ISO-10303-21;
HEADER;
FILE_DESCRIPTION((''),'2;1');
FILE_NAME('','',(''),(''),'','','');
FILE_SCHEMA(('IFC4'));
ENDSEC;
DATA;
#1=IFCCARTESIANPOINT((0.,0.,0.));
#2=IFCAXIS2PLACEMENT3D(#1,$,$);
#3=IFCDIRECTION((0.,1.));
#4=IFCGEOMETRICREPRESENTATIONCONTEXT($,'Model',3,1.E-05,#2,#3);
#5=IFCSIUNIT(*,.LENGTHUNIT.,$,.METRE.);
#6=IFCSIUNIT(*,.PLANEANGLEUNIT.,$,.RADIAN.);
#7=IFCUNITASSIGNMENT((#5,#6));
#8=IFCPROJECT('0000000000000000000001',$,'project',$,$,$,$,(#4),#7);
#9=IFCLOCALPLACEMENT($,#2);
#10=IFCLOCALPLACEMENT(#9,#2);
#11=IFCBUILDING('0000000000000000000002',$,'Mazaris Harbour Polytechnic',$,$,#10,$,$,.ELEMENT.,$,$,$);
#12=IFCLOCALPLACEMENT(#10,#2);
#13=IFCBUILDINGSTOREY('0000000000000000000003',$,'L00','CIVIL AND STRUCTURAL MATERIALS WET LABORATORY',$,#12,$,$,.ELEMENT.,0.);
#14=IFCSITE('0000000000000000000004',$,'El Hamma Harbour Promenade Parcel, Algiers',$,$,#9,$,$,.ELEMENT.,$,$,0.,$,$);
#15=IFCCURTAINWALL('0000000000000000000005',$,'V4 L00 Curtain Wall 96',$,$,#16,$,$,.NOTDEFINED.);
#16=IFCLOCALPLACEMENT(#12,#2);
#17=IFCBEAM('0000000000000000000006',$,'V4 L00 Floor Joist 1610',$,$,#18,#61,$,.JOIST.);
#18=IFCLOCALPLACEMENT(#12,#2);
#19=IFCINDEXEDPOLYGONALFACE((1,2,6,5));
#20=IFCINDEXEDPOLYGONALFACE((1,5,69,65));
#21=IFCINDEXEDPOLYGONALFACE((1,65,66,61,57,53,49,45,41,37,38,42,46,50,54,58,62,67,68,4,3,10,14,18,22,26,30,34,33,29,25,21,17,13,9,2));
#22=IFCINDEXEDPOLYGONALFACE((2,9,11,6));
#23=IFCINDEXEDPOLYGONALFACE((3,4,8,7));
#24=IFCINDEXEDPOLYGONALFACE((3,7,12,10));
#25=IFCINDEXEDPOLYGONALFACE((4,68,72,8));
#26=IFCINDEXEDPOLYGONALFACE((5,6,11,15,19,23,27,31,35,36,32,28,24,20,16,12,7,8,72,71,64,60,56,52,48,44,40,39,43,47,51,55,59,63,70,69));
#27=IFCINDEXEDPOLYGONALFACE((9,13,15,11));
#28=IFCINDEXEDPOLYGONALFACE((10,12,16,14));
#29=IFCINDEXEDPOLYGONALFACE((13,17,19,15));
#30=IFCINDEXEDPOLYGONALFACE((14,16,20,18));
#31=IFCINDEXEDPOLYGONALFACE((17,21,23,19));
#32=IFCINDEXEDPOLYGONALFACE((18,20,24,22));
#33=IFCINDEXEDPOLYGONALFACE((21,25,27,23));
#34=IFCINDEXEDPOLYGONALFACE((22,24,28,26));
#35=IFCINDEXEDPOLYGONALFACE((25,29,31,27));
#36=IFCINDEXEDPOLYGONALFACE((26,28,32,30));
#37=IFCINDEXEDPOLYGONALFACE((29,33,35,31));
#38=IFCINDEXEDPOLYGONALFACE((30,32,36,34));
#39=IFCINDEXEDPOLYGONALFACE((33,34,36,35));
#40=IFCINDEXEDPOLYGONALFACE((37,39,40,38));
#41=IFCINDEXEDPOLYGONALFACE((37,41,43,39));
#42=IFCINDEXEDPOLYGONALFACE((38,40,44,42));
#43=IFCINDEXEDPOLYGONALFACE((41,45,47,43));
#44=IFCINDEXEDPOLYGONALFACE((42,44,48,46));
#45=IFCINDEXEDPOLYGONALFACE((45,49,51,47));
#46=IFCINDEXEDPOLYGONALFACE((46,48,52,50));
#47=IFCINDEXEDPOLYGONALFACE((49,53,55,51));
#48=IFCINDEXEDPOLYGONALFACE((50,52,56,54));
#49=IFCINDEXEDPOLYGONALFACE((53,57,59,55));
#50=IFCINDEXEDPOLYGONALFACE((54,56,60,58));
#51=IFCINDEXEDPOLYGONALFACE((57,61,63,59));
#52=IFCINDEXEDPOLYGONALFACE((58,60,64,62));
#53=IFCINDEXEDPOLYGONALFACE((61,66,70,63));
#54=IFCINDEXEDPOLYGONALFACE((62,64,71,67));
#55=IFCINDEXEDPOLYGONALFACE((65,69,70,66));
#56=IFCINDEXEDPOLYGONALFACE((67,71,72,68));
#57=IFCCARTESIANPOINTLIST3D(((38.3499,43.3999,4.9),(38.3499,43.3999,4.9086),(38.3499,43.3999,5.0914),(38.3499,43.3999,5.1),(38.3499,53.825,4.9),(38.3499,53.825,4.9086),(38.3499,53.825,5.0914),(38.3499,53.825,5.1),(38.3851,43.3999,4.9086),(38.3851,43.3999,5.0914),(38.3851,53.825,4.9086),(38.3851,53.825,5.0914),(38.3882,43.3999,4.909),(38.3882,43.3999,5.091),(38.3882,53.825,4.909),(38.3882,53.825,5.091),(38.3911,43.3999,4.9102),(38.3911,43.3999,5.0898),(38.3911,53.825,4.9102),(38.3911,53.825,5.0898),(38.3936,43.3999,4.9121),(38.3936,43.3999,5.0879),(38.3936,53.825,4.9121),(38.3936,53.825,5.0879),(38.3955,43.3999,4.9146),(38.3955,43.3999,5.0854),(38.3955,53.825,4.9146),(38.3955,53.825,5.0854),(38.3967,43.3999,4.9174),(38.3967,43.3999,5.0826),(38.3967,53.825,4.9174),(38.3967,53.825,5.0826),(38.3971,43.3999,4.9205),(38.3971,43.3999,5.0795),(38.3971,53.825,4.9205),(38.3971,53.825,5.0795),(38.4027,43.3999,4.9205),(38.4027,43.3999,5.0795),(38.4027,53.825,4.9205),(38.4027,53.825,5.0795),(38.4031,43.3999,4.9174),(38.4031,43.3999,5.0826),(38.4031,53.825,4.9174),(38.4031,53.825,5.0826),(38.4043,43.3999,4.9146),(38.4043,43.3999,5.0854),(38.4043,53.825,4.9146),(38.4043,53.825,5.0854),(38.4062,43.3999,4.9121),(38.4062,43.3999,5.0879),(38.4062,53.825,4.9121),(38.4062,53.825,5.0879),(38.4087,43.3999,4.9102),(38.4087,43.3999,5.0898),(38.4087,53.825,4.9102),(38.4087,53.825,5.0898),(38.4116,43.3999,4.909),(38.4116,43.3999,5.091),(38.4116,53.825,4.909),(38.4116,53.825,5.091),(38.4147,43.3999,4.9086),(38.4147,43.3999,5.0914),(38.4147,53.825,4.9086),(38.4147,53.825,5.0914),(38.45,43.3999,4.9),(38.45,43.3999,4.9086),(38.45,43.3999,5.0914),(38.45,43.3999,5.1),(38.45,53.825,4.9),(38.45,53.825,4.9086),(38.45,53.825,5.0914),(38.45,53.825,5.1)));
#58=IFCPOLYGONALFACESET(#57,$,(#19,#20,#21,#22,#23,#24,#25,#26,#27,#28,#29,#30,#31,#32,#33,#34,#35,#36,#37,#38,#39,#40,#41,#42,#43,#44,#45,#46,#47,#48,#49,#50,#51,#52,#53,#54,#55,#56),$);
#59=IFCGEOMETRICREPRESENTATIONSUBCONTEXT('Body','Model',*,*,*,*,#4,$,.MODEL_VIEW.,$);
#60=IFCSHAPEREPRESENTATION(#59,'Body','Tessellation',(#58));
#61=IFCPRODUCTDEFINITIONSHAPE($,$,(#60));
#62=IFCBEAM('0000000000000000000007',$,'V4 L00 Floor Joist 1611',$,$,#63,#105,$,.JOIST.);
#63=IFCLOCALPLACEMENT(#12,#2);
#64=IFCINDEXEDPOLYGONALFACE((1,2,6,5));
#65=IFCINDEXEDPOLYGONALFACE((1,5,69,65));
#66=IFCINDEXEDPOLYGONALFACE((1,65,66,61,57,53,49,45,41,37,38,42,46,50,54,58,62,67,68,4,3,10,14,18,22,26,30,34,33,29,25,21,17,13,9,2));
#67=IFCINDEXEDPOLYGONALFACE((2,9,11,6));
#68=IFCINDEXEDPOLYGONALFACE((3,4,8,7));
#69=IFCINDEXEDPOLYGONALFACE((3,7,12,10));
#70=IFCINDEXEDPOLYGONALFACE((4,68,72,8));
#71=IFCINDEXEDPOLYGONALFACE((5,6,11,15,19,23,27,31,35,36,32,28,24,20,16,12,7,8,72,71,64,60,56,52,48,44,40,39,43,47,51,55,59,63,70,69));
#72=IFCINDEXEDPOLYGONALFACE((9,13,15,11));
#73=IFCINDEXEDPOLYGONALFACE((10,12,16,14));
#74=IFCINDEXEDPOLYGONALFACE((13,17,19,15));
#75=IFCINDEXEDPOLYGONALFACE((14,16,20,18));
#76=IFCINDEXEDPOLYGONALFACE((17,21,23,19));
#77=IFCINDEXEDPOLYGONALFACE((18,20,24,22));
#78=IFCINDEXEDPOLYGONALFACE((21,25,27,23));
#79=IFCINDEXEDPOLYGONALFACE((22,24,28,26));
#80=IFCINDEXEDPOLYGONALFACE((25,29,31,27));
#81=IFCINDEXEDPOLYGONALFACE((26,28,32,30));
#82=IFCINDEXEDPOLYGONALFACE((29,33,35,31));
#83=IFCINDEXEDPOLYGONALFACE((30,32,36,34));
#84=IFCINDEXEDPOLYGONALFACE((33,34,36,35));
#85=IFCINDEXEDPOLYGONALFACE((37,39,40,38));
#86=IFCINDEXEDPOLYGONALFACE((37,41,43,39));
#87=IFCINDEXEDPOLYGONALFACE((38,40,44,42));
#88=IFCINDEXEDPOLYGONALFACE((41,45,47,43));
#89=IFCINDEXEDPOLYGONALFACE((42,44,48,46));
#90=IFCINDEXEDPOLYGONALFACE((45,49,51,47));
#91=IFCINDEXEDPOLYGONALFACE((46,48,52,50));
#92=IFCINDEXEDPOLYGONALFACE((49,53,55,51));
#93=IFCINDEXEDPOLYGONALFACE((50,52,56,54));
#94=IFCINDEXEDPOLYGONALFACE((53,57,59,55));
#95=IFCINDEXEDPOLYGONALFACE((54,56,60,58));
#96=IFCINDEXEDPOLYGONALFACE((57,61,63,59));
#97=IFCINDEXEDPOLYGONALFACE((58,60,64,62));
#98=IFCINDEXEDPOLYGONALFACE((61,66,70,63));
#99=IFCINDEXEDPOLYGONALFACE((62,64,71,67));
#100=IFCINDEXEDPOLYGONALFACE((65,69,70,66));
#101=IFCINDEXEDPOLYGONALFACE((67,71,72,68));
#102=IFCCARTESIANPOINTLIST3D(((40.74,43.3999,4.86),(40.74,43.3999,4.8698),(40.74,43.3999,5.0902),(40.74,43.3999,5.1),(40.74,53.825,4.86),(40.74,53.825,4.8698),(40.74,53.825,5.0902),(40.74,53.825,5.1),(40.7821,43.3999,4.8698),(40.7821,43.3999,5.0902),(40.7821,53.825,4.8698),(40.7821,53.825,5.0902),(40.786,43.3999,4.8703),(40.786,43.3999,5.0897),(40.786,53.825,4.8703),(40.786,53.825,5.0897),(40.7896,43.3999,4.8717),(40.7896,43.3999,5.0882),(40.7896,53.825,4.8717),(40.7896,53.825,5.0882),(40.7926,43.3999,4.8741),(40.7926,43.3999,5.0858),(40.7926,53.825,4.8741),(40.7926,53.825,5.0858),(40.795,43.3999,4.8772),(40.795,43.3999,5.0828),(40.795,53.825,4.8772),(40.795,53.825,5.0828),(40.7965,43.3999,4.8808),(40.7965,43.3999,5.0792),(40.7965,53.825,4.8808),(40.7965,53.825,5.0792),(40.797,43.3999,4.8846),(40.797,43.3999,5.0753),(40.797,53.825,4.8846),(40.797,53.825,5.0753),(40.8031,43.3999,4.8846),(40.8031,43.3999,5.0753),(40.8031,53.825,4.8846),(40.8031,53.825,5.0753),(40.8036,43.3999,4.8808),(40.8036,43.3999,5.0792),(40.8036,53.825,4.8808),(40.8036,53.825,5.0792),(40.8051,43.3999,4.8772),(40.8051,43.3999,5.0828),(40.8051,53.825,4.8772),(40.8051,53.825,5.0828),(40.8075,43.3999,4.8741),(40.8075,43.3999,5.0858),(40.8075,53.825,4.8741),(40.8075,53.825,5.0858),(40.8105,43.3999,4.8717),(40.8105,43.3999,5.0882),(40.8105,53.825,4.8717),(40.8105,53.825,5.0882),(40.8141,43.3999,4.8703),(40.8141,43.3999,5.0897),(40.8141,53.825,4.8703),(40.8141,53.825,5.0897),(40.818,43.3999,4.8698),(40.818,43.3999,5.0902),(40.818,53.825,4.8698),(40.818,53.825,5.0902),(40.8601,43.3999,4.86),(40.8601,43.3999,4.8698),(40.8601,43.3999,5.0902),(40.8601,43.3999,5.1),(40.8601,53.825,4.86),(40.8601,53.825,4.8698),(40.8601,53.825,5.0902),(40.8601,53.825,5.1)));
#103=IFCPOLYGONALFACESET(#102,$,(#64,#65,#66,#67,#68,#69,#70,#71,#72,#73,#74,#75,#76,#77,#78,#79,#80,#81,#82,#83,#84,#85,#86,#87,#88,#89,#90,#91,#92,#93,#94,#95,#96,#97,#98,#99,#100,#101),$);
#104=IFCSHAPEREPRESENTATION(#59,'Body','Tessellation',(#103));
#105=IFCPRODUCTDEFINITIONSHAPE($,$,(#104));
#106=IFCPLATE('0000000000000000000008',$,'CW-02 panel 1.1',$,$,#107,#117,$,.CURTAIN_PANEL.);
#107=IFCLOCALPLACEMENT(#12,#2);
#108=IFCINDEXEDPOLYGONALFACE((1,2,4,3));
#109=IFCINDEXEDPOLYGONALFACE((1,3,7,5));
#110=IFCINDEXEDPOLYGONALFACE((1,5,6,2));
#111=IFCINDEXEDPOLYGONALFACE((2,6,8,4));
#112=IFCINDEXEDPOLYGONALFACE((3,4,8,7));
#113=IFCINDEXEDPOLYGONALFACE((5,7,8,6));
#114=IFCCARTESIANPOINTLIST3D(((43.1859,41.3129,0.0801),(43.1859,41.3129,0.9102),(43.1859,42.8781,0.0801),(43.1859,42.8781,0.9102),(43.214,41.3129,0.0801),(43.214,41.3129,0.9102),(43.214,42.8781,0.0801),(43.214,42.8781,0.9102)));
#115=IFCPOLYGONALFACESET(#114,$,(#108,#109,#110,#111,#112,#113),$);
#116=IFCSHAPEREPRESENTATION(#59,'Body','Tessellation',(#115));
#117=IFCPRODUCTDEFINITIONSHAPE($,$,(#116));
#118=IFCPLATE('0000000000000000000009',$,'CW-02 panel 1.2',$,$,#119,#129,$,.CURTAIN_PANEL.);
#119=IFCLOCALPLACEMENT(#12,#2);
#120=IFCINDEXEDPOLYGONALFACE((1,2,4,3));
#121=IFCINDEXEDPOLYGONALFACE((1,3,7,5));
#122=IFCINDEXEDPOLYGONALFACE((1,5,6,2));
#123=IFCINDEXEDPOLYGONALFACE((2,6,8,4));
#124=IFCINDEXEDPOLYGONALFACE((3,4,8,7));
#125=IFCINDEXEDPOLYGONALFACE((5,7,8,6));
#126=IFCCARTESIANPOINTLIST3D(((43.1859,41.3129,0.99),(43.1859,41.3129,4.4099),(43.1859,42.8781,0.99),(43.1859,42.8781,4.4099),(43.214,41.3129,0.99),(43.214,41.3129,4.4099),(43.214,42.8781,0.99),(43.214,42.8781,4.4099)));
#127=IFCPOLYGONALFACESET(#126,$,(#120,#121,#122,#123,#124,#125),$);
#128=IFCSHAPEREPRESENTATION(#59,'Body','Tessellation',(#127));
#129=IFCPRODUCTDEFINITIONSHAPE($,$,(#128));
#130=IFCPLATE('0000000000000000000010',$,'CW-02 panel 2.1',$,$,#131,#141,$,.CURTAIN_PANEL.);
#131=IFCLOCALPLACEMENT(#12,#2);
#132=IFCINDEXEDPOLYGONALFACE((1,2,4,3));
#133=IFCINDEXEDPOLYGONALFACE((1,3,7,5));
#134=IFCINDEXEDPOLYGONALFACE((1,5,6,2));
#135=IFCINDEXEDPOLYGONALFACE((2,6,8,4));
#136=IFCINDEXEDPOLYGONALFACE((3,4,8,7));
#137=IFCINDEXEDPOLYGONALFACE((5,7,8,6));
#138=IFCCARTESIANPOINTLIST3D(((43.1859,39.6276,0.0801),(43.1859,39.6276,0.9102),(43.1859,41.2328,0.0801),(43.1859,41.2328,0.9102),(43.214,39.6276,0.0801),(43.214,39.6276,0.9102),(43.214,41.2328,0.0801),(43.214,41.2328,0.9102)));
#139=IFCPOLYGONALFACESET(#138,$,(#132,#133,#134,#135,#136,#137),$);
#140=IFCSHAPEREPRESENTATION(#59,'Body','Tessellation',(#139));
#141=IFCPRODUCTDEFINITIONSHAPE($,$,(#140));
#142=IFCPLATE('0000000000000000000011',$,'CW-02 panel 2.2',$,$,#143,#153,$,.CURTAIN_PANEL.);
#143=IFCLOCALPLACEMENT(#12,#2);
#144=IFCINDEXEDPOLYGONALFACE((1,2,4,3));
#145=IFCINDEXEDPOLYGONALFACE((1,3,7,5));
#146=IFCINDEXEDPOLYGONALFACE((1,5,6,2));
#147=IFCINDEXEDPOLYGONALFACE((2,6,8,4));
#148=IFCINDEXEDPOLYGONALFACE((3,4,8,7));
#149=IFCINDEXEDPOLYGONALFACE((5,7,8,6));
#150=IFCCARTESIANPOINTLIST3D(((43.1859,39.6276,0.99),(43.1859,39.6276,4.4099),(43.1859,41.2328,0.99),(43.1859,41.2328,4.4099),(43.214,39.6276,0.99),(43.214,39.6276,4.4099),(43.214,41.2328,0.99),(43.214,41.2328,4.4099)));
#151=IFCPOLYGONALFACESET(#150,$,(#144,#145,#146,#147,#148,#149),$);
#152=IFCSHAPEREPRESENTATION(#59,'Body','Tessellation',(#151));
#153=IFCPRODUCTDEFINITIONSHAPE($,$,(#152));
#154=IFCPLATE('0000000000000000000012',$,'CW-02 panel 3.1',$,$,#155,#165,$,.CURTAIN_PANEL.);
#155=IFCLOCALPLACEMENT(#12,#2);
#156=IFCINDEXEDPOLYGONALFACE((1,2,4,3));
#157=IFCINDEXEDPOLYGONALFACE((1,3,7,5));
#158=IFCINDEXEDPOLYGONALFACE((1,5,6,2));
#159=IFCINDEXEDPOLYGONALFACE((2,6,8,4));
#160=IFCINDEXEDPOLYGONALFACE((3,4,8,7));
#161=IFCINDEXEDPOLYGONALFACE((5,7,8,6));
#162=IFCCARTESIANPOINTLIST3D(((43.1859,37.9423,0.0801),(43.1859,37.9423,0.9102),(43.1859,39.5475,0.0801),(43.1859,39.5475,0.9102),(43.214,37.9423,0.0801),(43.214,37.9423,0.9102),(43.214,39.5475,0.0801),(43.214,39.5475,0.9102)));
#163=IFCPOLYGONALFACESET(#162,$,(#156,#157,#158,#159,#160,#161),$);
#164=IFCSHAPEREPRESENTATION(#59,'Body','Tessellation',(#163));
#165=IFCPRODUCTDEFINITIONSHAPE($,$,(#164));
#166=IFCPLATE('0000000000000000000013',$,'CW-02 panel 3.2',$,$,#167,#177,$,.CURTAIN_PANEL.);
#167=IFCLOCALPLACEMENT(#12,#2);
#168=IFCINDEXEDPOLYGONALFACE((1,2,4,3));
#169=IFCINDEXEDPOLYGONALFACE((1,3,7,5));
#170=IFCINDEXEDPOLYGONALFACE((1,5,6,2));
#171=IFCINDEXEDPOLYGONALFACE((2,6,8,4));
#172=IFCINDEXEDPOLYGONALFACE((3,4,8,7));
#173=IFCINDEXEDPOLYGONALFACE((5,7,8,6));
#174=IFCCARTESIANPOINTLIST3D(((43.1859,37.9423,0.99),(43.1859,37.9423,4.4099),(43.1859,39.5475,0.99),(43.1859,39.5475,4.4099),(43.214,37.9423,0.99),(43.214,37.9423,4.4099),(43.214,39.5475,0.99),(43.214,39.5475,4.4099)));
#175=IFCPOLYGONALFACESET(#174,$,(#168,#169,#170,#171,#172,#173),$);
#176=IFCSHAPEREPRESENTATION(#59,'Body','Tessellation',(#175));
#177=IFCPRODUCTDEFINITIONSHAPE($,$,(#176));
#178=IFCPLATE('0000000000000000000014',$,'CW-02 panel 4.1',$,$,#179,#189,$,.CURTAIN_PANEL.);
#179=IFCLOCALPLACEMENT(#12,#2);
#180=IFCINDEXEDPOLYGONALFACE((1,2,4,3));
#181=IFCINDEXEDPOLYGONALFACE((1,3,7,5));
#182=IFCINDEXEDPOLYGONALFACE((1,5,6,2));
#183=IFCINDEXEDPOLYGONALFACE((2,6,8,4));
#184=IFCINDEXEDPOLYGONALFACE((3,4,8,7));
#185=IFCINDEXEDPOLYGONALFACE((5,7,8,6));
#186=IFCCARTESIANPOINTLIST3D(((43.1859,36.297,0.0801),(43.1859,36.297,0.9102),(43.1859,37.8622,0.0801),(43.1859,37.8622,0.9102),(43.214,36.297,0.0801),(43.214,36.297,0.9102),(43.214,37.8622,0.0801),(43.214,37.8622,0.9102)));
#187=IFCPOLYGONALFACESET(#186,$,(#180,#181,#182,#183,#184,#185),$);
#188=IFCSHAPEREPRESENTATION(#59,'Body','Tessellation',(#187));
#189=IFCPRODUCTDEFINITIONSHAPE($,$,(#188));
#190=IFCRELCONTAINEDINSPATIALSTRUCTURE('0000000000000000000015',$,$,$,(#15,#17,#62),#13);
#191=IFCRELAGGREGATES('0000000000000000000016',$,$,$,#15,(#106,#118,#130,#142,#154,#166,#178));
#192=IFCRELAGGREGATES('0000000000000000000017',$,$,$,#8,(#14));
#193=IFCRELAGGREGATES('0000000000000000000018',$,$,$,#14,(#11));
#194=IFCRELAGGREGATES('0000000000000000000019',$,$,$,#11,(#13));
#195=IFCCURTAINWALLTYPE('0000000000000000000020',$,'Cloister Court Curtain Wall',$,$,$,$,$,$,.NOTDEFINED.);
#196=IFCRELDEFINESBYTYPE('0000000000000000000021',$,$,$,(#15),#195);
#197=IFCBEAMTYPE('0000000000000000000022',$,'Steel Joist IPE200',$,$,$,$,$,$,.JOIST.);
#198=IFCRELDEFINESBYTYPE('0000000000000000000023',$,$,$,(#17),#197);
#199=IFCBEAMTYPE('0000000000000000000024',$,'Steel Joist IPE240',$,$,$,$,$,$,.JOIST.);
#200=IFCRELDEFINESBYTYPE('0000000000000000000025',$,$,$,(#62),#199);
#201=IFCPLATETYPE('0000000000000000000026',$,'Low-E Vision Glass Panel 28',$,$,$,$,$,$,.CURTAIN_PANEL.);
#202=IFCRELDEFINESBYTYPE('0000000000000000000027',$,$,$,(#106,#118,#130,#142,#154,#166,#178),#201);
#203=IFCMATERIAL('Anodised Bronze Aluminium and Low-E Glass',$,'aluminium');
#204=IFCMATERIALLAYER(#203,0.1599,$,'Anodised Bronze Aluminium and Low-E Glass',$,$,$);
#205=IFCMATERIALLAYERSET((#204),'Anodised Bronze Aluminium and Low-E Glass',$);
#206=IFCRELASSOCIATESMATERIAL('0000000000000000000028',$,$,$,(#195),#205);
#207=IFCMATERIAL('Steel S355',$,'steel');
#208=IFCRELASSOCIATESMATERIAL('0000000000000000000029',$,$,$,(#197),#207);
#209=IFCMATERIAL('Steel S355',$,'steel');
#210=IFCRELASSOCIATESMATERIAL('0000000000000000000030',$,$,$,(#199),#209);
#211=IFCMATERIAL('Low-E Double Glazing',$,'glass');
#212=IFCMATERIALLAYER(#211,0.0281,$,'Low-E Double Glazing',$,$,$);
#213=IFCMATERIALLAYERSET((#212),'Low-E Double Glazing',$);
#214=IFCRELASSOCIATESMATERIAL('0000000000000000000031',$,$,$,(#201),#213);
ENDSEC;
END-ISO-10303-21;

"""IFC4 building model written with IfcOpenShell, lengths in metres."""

from ifc_helpers import new_model, si_unit, direction, frame, origin, origin_2d, place, context, subcontext, project, spatial, rectangle, i_section, extrude, material, layer, layer_set, material_profile, profile_set, type_object, element, aggregate, save


model = new_model("IFC4")

# Units and contexts
model_context = context("Model", 3, precision=1e-05, world=origin(), true_north=direction((0.0, 1.0)))
body_context = subcontext(model_context, "Body", "Model", "MODEL_VIEW")
ifc_project = project(units=[si_unit("LENGTHUNIT", "METRE"), si_unit("PLANEANGLEUNIT", "RADIAN")], contexts=[model_context])

# Site, building, storey
site_placement = place(None, origin())
site = spatial("IfcSite", under=ifc_project, at=site_placement, Name="El Hamma Harbour Promenade Parcel, Algiers", CompositionType="ELEMENT", RefElevation=0.0)
building_placement = place(site_placement, origin())
building = spatial("IfcBuilding", under=site, at=building_placement, Name="Mazaris Harbour Polytechnic", CompositionType="ELEMENT")
storey_placement = place(building_placement, origin())
storey = spatial("IfcBuildingStorey", under=building, at=storey_placement, Name="L00", Description="CIVIL AND STRUCTURAL MATERIALS WET LABORATORY", CompositionType="ELEMENT", Elevation=0.0)

# Curtain wall
ifc_material_1 = material(Name="Anodised Bronze Aluminium and Low-E Glass", Category="aluminium")
ifc_layer_1 = layer(ifc_material_1, 0.1599, Name="Anodised Bronze Aluminium and Low-E Glass")
ifc_layer_set_1 = layer_set([ifc_layer_1], Name="Anodised Bronze Aluminium and Low-E Glass")
curtain_wall_type = type_object("IfcCurtainWallType", Name="Cloister Court Curtain Wall", PredefinedType="NOTDEFINED", material=ifc_layer_set_1)
curtain_wall_placement = place(storey_placement, origin())
curtain_wall = element("IfcCurtainWall", 1, at=curtain_wall_placement, inside=storey, type_object=curtain_wall_type, Name="V4 L00 Curtain Wall 96", PredefinedType="NOTDEFINED")

# Beams
ifc_material_2 = material(Name="Steel S355", Category="steel")
ifc_material_profile_1 = material_profile(ifc_material_2, i_section(OverallWidth=0.1001, OverallDepth=0.2, WebThickness=0.0056, FlangeThickness=0.0085, FilletRadius=0.012, at=origin_2d()), Name="IPE 200")
ifc_profile_set_1 = profile_set([ifc_material_profile_1], Name="Steel S355")
beam_type_1 = type_object("IfcBeamType", Name="Steel Joist IPE200", PredefinedType="JOIST", material=ifc_profile_set_1)
beam_1_placement = place(storey_placement, frame((38.3999, 43.3999, 5.0), z_axis=(0.0, 1.0, 0.0), x_axis=(-1.0, 0.0, 0.0)))
element("IfcBeam", 2, at=beam_1_placement, inside=storey, type_object=beam_type_1, Name="V4 L00 Floor Joist 1610", PredefinedType="JOIST", context=body_context, shape_type="SweptSolid", body=[
    extrude(i_section(OverallWidth=0.1001, OverallDepth=0.2, WebThickness=0.0056, FlangeThickness=0.0085, FilletRadius=0.012, at=origin_2d()), origin(), (0.0, 0.0, 1.0), 10.425),
])
ifc_material_3 = material(Name="Steel S355", Category="steel")
ifc_material_profile_2 = material_profile(ifc_material_3, i_section(OverallWidth=0.1201, OverallDepth=0.24, WebThickness=0.0061, FlangeThickness=0.0098, FilletRadius=0.0149, at=origin_2d()), Name="IPE 240")
ifc_profile_set_2 = profile_set([ifc_material_profile_2], Name="Steel S355")
beam_type_2 = type_object("IfcBeamType", Name="Steel Joist IPE240", PredefinedType="JOIST", material=ifc_profile_set_2)
beam_2_placement = place(storey_placement, frame((40.8, 43.3999, 4.98), z_axis=(0.0, 1.0, 0.0), x_axis=(-1.0, 0.0, 0.0)))
element("IfcBeam", 3, at=beam_2_placement, inside=storey, type_object=beam_type_2, Name="V4 L00 Floor Joist 1611", PredefinedType="JOIST", context=body_context, shape_type="SweptSolid", body=[
    extrude(i_section(OverallWidth=0.1201, OverallDepth=0.24, WebThickness=0.0061, FlangeThickness=0.0098, FilletRadius=0.0149, at=origin_2d()), origin(), (0.0, 0.0, 1.0), 10.425),
])

# Plates
ifc_material_4 = material(Name="Low-E Double Glazing", Category="glass")
ifc_layer_2 = layer(ifc_material_4, 0.0281, Name="Low-E Double Glazing")
ifc_layer_set_2 = layer_set([ifc_layer_2], Name="Low-E Double Glazing")
plate_type = type_object("IfcPlateType", Name="Low-E Vision Glass Panel 28", PredefinedType="CURTAIN_PANEL", material=ifc_layer_set_2)
plate_1_placement = place(storey_placement, frame((43.2, 42.0955, 0.0801), z_axis=(0.0, 0.0, 1.0), x_axis=(0.0, -1.0, 0.0)))
plate_1 = element("IfcPlate", 4, at=plate_1_placement, type_object=plate_type, Name="CW-02 panel 1.1", PredefinedType="CURTAIN_PANEL", context=body_context, shape_type="SweptSolid", body=[
    extrude(rectangle(XDim=1.5652, YDim=0.0281, at=origin_2d()), origin(), (0.0, 0.0, 1.0), 0.8301),
])
plate_2_placement = place(storey_placement, frame((43.2, 42.0955, 0.99), z_axis=(0.0, 0.0, 1.0), x_axis=(0.0, -1.0, 0.0)))
plate_2 = element("IfcPlate", 5, at=plate_2_placement, type_object=plate_type, Name="CW-02 panel 1.2", PredefinedType="CURTAIN_PANEL", context=body_context, shape_type="SweptSolid", body=[
    extrude(rectangle(XDim=1.5652, YDim=0.0281, at=origin_2d()), origin(), (0.0, 0.0, 1.0), 3.4199),
])
plate_3_placement = place(storey_placement, frame((43.2, 40.4302, 0.0801), z_axis=(0.0, 0.0, 1.0), x_axis=(0.0, -1.0, 0.0)))
plate_3 = element("IfcPlate", 6, at=plate_3_placement, type_object=plate_type, Name="CW-02 panel 2.1", PredefinedType="CURTAIN_PANEL", context=body_context, shape_type="SweptSolid", body=[
    extrude(rectangle(XDim=1.6052, YDim=0.0281, at=origin_2d()), origin(), (0.0, 0.0, 1.0), 0.8301),
])
plate_4_placement = place(storey_placement, frame((43.2, 40.4302, 0.99), z_axis=(0.0, 0.0, 1.0), x_axis=(0.0, -1.0, 0.0)))
plate_4 = element("IfcPlate", 7, at=plate_4_placement, type_object=plate_type, Name="CW-02 panel 2.2", PredefinedType="CURTAIN_PANEL", context=body_context, shape_type="SweptSolid", body=[
    extrude(rectangle(XDim=1.6052, YDim=0.0281, at=origin_2d()), origin(), (0.0, 0.0, 1.0), 3.4199),
])
plate_5_placement = place(storey_placement, frame((43.2, 38.7449, 0.0801), z_axis=(0.0, 0.0, 1.0), x_axis=(0.0, -1.0, 0.0)))
plate_5 = element("IfcPlate", 8, at=plate_5_placement, type_object=plate_type, Name="CW-02 panel 3.1", PredefinedType="CURTAIN_PANEL", context=body_context, shape_type="SweptSolid", body=[
    extrude(rectangle(XDim=1.6052, YDim=0.0281, at=origin_2d()), origin(), (0.0, 0.0, 1.0), 0.8301),
])
plate_6_placement = place(storey_placement, frame((43.2, 38.7449, 0.99), z_axis=(0.0, 0.0, 1.0), x_axis=(0.0, -1.0, 0.0)))
plate_6 = element("IfcPlate", 9, at=plate_6_placement, type_object=plate_type, Name="CW-02 panel 3.2", PredefinedType="CURTAIN_PANEL", context=body_context, shape_type="SweptSolid", body=[
    extrude(rectangle(XDim=1.6052, YDim=0.0281, at=origin_2d()), origin(), (0.0, 0.0, 1.0), 3.4199),
])
plate_7_placement = place(storey_placement, frame((43.2, 37.0796, 0.0801), z_axis=(0.0, 0.0, 1.0), x_axis=(0.0, -1.0, 0.0)))
plate_7 = element("IfcPlate", 10, at=plate_7_placement, type_object=plate_type, Name="CW-02 panel 4.1", PredefinedType="CURTAIN_PANEL", context=body_context, shape_type="SweptSolid", body=[
    extrude(rectangle(XDim=1.5652, YDim=0.0281, at=origin_2d()), origin(), (0.0, 0.0, 1.0), 0.8301),
])
aggregate(curtain_wall, [plate_1, plate_2, plate_3, plate_4, plate_5, plate_6, plate_7])

save(model, "model.ifc")
